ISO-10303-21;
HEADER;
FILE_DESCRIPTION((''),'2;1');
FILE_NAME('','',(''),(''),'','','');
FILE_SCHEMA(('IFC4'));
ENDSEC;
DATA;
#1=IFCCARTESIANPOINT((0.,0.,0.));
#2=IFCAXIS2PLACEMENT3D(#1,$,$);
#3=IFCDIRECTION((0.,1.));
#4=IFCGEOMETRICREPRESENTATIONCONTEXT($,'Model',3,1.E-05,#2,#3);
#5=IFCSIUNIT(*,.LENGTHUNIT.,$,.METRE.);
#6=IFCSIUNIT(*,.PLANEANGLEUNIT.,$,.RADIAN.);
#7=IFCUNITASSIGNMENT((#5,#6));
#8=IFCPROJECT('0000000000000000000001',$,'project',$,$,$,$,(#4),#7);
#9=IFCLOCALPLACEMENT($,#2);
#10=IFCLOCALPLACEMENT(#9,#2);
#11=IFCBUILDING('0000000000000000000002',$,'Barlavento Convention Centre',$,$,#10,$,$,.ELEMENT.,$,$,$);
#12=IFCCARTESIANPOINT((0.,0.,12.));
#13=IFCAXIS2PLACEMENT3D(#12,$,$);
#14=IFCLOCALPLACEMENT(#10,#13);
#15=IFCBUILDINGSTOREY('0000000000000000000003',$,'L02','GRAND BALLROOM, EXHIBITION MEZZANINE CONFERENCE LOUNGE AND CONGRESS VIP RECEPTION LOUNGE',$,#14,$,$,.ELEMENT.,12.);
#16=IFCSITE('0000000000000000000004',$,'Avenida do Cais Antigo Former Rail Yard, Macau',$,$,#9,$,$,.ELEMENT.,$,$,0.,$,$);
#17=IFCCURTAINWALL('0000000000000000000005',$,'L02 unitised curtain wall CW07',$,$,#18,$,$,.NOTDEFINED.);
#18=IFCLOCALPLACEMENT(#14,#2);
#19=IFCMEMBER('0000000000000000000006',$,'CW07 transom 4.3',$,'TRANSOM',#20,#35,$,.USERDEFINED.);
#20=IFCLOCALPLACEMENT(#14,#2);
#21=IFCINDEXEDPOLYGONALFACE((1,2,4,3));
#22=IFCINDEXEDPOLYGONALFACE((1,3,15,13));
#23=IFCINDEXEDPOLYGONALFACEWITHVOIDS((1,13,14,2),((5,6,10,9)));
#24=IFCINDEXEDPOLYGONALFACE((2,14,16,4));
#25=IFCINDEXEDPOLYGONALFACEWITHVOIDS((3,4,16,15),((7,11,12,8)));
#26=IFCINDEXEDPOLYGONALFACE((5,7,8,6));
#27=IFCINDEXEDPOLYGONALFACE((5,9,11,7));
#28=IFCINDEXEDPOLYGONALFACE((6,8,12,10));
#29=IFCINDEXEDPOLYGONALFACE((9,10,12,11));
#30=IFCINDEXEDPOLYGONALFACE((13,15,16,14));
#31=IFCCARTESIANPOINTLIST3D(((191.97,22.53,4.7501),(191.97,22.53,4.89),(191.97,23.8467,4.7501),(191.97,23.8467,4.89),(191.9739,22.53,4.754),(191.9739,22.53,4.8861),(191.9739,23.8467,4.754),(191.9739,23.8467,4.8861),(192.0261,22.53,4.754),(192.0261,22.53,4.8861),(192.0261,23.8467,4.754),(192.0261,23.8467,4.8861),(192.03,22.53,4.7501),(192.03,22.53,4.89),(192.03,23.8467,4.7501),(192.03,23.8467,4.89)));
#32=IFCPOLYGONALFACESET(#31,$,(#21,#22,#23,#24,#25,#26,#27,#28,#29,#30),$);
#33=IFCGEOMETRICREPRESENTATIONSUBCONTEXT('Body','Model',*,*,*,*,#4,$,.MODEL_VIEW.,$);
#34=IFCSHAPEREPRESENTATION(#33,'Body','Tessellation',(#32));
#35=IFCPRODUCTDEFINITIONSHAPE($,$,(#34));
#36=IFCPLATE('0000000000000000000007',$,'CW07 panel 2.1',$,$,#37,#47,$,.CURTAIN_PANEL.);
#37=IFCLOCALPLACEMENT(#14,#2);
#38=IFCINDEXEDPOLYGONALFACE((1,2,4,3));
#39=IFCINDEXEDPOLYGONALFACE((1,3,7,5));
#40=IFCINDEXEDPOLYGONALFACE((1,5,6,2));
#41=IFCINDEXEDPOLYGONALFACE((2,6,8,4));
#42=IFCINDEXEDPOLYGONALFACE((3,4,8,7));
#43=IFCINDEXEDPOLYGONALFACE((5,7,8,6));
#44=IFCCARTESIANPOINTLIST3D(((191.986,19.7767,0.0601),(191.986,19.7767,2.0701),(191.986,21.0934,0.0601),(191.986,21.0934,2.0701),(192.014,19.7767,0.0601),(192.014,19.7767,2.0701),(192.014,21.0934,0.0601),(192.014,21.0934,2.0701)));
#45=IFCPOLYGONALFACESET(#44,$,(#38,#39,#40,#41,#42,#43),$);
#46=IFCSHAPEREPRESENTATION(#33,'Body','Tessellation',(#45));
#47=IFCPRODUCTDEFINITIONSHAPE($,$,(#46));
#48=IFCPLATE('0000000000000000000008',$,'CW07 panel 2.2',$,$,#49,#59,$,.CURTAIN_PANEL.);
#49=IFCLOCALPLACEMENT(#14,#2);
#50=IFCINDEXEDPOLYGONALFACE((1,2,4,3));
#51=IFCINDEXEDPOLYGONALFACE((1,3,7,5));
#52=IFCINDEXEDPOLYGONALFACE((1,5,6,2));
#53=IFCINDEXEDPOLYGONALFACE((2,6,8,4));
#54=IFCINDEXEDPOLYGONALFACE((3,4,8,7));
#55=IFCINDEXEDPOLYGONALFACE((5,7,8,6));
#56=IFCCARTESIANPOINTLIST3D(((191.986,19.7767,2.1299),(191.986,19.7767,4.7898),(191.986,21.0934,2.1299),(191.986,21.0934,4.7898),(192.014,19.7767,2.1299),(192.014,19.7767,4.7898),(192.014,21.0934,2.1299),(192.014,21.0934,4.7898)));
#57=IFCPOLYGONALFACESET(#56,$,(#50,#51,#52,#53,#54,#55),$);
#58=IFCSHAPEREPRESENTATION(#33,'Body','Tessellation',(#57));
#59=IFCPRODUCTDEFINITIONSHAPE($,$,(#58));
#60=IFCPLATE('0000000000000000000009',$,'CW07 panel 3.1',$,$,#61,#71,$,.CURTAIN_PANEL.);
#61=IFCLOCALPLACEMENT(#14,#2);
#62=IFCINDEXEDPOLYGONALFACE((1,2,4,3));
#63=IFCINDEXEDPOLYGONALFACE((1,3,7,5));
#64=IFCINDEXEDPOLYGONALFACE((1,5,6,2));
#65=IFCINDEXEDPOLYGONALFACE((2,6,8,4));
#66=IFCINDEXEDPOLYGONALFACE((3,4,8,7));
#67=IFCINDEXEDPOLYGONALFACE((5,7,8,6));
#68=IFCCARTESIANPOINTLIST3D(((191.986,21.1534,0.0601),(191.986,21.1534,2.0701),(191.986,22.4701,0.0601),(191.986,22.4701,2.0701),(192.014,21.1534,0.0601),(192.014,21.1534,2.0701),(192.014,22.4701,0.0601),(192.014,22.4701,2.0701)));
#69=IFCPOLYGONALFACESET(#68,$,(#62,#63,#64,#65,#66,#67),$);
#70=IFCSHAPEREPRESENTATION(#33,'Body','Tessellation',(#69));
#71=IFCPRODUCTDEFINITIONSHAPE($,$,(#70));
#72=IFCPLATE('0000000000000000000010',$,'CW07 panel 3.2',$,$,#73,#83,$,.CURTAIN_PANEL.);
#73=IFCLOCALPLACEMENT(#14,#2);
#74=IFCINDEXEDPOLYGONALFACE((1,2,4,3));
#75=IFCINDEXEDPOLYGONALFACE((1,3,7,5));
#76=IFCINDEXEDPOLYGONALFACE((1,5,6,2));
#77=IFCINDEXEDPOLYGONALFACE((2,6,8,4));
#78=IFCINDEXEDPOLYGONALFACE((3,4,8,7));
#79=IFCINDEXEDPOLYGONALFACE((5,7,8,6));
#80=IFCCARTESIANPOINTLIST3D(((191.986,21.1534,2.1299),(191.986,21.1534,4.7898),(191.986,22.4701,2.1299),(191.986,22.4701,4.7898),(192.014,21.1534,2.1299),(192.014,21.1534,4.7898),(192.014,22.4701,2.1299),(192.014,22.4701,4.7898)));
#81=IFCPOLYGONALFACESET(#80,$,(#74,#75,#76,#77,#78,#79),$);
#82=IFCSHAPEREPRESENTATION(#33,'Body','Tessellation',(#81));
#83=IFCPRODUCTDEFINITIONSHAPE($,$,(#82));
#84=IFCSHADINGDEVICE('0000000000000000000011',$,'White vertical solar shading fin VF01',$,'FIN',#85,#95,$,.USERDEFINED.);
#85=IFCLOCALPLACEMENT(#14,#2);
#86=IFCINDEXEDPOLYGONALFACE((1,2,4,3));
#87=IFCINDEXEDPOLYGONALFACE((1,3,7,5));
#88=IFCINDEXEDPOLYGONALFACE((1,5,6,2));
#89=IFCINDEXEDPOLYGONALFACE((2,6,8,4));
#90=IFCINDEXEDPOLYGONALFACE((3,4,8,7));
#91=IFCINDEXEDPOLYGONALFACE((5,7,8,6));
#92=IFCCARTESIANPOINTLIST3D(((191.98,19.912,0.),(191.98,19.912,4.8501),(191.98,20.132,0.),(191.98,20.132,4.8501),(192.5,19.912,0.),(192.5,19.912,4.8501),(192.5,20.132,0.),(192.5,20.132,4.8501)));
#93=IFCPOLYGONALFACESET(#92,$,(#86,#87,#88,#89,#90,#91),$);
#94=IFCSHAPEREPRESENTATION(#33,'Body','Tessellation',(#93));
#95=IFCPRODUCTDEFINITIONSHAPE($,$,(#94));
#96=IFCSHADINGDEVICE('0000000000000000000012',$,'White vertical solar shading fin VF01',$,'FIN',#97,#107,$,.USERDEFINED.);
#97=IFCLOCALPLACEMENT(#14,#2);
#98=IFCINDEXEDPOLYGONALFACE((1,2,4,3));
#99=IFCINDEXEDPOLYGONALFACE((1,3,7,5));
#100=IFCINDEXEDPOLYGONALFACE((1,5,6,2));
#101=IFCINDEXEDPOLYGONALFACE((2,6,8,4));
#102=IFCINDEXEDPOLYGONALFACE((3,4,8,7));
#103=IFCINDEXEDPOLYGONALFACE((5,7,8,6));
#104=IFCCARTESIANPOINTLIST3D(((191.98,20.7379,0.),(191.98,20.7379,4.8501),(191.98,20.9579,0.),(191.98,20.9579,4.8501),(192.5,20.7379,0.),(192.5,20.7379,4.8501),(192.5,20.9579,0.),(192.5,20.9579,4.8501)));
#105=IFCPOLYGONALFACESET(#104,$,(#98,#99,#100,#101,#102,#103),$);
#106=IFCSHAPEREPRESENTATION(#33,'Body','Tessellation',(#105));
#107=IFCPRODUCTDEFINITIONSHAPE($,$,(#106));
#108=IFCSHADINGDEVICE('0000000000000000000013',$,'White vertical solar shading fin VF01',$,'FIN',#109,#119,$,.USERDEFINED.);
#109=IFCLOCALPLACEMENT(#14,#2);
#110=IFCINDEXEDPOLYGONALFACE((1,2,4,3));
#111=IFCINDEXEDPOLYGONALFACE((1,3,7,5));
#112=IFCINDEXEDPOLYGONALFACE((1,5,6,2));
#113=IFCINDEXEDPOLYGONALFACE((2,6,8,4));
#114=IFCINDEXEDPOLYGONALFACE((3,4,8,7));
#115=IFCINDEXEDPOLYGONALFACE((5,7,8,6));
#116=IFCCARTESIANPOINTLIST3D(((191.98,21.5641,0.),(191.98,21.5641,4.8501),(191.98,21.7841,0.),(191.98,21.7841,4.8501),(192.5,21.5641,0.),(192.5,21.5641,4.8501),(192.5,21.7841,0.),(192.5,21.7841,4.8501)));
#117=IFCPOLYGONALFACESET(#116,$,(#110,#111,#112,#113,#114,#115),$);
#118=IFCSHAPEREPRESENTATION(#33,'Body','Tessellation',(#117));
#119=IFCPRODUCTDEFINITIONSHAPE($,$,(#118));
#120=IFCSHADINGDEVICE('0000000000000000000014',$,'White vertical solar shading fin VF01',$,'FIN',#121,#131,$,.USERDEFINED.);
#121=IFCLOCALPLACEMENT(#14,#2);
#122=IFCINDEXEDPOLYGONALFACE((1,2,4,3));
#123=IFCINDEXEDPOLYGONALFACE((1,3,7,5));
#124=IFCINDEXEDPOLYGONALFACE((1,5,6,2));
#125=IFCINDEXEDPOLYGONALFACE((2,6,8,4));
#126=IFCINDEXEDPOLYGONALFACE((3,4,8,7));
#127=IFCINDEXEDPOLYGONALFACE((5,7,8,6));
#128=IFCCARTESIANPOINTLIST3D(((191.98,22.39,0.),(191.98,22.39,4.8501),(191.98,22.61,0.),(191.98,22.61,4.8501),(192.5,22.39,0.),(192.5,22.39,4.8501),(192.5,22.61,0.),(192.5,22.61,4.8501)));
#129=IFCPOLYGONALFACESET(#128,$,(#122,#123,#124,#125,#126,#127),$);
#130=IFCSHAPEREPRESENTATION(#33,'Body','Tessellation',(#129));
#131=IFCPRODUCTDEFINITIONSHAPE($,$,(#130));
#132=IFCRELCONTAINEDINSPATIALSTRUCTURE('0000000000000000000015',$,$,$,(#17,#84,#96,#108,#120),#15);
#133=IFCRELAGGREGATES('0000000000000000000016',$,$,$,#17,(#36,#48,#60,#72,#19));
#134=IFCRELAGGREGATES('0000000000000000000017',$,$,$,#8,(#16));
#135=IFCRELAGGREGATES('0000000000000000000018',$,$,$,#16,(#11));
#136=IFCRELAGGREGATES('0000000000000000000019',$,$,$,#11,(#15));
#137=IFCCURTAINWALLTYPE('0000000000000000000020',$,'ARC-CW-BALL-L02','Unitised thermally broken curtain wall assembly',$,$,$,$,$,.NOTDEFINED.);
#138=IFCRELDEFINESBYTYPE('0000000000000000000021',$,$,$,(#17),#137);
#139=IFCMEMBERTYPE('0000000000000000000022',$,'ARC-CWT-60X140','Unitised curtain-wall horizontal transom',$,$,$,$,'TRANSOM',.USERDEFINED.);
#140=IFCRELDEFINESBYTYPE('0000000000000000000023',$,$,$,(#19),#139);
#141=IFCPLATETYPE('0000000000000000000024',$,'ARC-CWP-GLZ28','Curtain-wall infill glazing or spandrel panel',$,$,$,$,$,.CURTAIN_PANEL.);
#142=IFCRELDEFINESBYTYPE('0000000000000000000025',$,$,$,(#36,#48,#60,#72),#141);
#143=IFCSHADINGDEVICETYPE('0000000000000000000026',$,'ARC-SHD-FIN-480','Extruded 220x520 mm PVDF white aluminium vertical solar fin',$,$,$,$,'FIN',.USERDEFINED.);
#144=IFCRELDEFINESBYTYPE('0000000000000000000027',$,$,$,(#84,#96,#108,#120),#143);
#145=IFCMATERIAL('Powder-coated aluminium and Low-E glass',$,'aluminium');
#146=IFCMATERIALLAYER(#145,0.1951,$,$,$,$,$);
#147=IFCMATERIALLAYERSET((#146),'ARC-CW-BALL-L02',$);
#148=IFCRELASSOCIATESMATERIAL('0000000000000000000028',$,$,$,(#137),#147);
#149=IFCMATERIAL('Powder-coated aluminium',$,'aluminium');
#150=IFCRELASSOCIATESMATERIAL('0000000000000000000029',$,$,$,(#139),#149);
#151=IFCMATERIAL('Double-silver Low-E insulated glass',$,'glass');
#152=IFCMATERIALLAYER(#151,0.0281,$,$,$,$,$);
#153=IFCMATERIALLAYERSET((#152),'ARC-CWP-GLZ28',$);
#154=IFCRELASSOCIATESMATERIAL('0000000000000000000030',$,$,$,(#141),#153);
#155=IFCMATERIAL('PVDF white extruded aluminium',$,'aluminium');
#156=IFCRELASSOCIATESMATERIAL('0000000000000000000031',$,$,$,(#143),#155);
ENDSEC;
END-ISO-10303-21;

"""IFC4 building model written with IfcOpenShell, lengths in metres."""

from ifc_helpers import new_model, si_unit, direction, frame, origin, origin_2d, place, context, subcontext, project, spatial, rectangle, hollow_rectangle, extrude, material, layer, layer_set, material_profile, profile_set, type_object, element, aggregate, save


model = new_model("IFC4")

# Units and contexts
model_context = context("Model", 3, precision=1e-05, world=origin(), true_north=direction((0.0, 1.0)))
body_context = subcontext(model_context, "Body", "Model", "MODEL_VIEW")
ifc_project = project(units=[si_unit("LENGTHUNIT", "METRE"), si_unit("PLANEANGLEUNIT", "RADIAN")], contexts=[model_context])

# Site, building, storey
site_placement = place(None, origin())
site = spatial("IfcSite", under=ifc_project, at=site_placement, Name="Avenida do Cais Antigo Former Rail Yard, Macau", CompositionType="ELEMENT", RefElevation=0.0)
building_placement = place(site_placement, origin())
building = spatial("IfcBuilding", under=site, at=building_placement, Name="Barlavento Convention Centre", CompositionType="ELEMENT")
storey_placement = place(building_placement, frame((0.0, 0.0, 12.0)))
storey = spatial("IfcBuildingStorey", under=building, at=storey_placement, Name="L02", Description="GRAND BALLROOM, EXHIBITION MEZZANINE CONFERENCE LOUNGE AND CONGRESS VIP RECEPTION LOUNGE", CompositionType="ELEMENT", Elevation=12.0)

# Curtain wall, member, plates
ifc_material_1 = material(Name="Powder-coated aluminium and Low-E glass", Category="aluminium")
ifc_layer_1 = layer(ifc_material_1, 0.1951)
ifc_layer_set_1 = layer_set([ifc_layer_1], Name="ARC-CW-BALL-L02")
curtain_wall_type = type_object("IfcCurtainWallType", Name="ARC-CW-BALL-L02", Description="Unitised thermally broken curtain wall assembly", PredefinedType="NOTDEFINED", material=ifc_layer_set_1)
curtain_wall_placement = place(storey_placement, origin())
curtain_wall = element("IfcCurtainWall", 1, at=curtain_wall_placement, inside=storey, type_object=curtain_wall_type, Name="L02 unitised curtain wall CW07", PredefinedType="NOTDEFINED")
ifc_material_2 = material(Name="Powder-coated aluminium", Category="aluminium")
ifc_material_profile_1 = material_profile(ifc_material_2, hollow_rectangle(XDim=0.0601, YDim=0.1399, WallThickness=0.0039, at=origin_2d()), Name="AL-TRAN 60x140x4")
ifc_profile_set_1 = profile_set([ifc_material_profile_1], Name="Powder-coated aluminium")
member_type_1 = type_object("IfcMemberType", Name="ARC-CWT-60X140", Description="Unitised curtain-wall horizontal transom", ElementType="TRANSOM", PredefinedType="USERDEFINED", material=ifc_profile_set_1)
member_1_placement = place(storey_placement, frame((192.0, 22.53, 4.8201), z_axis=(0.0, 1.0, 0.0), x_axis=(-1.0, 0.0, 0.0)))
member_1 = element("IfcMember", 2, at=member_1_placement, type_object=member_type_1, Name="CW07 transom 4.3", ObjectType="TRANSOM", PredefinedType="USERDEFINED", context=body_context, shape_type="SweptSolid", body=[
    extrude(hollow_rectangle(XDim=0.0601, YDim=0.1399, WallThickness=0.0039, at=origin_2d()), origin(), (0.0, 0.0, 1.0), 1.3167),
])
ifc_material_3 = material(Name="Double-silver Low-E insulated glass", Category="glass")
ifc_layer_2 = layer(ifc_material_3, 0.0281)
ifc_layer_set_2 = layer_set([ifc_layer_2], Name="ARC-CWP-GLZ28")
plate_type = type_object("IfcPlateType", Name="ARC-CWP-GLZ28", Description="Curtain-wall infill glazing or spandrel panel", PredefinedType="CURTAIN_PANEL", material=ifc_layer_set_2)
plate_1_placement = place(storey_placement, frame((192.0, 20.4351, 0.0601), z_axis=(0.0, 0.0, 1.0), x_axis=(0.0, 1.0, 0.0)))
plate_1 = element("IfcPlate", 3, at=plate_1_placement, type_object=plate_type, Name="CW07 panel 2.1", PredefinedType="CURTAIN_PANEL", context=body_context, shape_type="SweptSolid", body=[
    extrude(rectangle(XDim=1.3167, YDim=0.0281, at=origin_2d()), origin(), (0.0, 0.0, 1.0), 2.01),
])
plate_2_placement = place(storey_placement, frame((192.0, 20.4351, 2.1299), z_axis=(0.0, 0.0, 1.0), x_axis=(0.0, 1.0, 0.0)))
plate_2 = element("IfcPlate", 4, at=plate_2_placement, type_object=plate_type, Name="CW07 panel 2.2", PredefinedType="CURTAIN_PANEL", context=body_context, shape_type="SweptSolid", body=[
    extrude(rectangle(XDim=1.3167, YDim=0.0281, at=origin_2d()), origin(), (0.0, 0.0, 1.0), 2.6599),
])
plate_3_placement = place(storey_placement, frame((192.0, 21.8118, 0.0601), z_axis=(0.0, 0.0, 1.0), x_axis=(0.0, 1.0, 0.0)))
plate_3 = element("IfcPlate", 5, at=plate_3_placement, type_object=plate_type, Name="CW07 panel 3.1", PredefinedType="CURTAIN_PANEL", context=body_context, shape_type="SweptSolid", body=[
    extrude(rectangle(XDim=1.3167, YDim=0.0281, at=origin_2d()), origin(), (0.0, 0.0, 1.0), 2.01),
])
plate_4_placement = place(storey_placement, frame((192.0, 21.8118, 2.1299), z_axis=(0.0, 0.0, 1.0), x_axis=(0.0, 1.0, 0.0)))
plate_4 = element("IfcPlate", 6, at=plate_4_placement, type_object=plate_type, Name="CW07 panel 3.2", PredefinedType="CURTAIN_PANEL", context=body_context, shape_type="SweptSolid", body=[
    extrude(rectangle(XDim=1.3167, YDim=0.0281, at=origin_2d()), origin(), (0.0, 0.0, 1.0), 2.6599),
])
aggregate(curtain_wall, [plate_1, plate_2, plate_3, plate_4, member_1])

# Shading devices
ifc_material_4 = material(Name="PVDF white extruded aluminium", Category="aluminium")
shading_device_type = type_object("IfcShadingDeviceType", Name="ARC-SHD-FIN-480", Description="Extruded 220x520 mm PVDF white aluminium vertical solar fin", ElementType="FIN", PredefinedType="USERDEFINED", material=ifc_material_4)
for number, where, z_axis, x_axis, name in (
    (7, (192.24, 20.022, 0.0), (0.0, 0.0, 1.0), (0.0, 1.0, 0.0), "White vertical solar shading fin VF01"),
    (8, (192.24, 20.8479, 0.0), (0.0, 0.0, 1.0), (0.0, 1.0, 0.0), "White vertical solar shading fin VF01"),
    (9, (192.24, 21.6741, 0.0), (0.0, 0.0, 1.0), (0.0, 1.0, 0.0), "White vertical solar shading fin VF01"),
    (10, (192.24, 22.5, 0.0), (0.0, 0.0, 1.0), (0.0, 1.0, 0.0), "White vertical solar shading fin VF01"),
):
    element("IfcShadingDevice", number, at=place(storey_placement, frame(where, z_axis=z_axis, x_axis=x_axis)), inside=storey, type_object=shading_device_type, Name=name, ObjectType="FIN", PredefinedType="USERDEFINED", context=body_context, shape_type="SweptSolid", body=[
        extrude(rectangle(XDim=0.22, YDim=0.52, at=origin_2d()), origin(), (0.0, 0.0, 1.0), 4.8501),
    ])

save(model, "model.ifc")
